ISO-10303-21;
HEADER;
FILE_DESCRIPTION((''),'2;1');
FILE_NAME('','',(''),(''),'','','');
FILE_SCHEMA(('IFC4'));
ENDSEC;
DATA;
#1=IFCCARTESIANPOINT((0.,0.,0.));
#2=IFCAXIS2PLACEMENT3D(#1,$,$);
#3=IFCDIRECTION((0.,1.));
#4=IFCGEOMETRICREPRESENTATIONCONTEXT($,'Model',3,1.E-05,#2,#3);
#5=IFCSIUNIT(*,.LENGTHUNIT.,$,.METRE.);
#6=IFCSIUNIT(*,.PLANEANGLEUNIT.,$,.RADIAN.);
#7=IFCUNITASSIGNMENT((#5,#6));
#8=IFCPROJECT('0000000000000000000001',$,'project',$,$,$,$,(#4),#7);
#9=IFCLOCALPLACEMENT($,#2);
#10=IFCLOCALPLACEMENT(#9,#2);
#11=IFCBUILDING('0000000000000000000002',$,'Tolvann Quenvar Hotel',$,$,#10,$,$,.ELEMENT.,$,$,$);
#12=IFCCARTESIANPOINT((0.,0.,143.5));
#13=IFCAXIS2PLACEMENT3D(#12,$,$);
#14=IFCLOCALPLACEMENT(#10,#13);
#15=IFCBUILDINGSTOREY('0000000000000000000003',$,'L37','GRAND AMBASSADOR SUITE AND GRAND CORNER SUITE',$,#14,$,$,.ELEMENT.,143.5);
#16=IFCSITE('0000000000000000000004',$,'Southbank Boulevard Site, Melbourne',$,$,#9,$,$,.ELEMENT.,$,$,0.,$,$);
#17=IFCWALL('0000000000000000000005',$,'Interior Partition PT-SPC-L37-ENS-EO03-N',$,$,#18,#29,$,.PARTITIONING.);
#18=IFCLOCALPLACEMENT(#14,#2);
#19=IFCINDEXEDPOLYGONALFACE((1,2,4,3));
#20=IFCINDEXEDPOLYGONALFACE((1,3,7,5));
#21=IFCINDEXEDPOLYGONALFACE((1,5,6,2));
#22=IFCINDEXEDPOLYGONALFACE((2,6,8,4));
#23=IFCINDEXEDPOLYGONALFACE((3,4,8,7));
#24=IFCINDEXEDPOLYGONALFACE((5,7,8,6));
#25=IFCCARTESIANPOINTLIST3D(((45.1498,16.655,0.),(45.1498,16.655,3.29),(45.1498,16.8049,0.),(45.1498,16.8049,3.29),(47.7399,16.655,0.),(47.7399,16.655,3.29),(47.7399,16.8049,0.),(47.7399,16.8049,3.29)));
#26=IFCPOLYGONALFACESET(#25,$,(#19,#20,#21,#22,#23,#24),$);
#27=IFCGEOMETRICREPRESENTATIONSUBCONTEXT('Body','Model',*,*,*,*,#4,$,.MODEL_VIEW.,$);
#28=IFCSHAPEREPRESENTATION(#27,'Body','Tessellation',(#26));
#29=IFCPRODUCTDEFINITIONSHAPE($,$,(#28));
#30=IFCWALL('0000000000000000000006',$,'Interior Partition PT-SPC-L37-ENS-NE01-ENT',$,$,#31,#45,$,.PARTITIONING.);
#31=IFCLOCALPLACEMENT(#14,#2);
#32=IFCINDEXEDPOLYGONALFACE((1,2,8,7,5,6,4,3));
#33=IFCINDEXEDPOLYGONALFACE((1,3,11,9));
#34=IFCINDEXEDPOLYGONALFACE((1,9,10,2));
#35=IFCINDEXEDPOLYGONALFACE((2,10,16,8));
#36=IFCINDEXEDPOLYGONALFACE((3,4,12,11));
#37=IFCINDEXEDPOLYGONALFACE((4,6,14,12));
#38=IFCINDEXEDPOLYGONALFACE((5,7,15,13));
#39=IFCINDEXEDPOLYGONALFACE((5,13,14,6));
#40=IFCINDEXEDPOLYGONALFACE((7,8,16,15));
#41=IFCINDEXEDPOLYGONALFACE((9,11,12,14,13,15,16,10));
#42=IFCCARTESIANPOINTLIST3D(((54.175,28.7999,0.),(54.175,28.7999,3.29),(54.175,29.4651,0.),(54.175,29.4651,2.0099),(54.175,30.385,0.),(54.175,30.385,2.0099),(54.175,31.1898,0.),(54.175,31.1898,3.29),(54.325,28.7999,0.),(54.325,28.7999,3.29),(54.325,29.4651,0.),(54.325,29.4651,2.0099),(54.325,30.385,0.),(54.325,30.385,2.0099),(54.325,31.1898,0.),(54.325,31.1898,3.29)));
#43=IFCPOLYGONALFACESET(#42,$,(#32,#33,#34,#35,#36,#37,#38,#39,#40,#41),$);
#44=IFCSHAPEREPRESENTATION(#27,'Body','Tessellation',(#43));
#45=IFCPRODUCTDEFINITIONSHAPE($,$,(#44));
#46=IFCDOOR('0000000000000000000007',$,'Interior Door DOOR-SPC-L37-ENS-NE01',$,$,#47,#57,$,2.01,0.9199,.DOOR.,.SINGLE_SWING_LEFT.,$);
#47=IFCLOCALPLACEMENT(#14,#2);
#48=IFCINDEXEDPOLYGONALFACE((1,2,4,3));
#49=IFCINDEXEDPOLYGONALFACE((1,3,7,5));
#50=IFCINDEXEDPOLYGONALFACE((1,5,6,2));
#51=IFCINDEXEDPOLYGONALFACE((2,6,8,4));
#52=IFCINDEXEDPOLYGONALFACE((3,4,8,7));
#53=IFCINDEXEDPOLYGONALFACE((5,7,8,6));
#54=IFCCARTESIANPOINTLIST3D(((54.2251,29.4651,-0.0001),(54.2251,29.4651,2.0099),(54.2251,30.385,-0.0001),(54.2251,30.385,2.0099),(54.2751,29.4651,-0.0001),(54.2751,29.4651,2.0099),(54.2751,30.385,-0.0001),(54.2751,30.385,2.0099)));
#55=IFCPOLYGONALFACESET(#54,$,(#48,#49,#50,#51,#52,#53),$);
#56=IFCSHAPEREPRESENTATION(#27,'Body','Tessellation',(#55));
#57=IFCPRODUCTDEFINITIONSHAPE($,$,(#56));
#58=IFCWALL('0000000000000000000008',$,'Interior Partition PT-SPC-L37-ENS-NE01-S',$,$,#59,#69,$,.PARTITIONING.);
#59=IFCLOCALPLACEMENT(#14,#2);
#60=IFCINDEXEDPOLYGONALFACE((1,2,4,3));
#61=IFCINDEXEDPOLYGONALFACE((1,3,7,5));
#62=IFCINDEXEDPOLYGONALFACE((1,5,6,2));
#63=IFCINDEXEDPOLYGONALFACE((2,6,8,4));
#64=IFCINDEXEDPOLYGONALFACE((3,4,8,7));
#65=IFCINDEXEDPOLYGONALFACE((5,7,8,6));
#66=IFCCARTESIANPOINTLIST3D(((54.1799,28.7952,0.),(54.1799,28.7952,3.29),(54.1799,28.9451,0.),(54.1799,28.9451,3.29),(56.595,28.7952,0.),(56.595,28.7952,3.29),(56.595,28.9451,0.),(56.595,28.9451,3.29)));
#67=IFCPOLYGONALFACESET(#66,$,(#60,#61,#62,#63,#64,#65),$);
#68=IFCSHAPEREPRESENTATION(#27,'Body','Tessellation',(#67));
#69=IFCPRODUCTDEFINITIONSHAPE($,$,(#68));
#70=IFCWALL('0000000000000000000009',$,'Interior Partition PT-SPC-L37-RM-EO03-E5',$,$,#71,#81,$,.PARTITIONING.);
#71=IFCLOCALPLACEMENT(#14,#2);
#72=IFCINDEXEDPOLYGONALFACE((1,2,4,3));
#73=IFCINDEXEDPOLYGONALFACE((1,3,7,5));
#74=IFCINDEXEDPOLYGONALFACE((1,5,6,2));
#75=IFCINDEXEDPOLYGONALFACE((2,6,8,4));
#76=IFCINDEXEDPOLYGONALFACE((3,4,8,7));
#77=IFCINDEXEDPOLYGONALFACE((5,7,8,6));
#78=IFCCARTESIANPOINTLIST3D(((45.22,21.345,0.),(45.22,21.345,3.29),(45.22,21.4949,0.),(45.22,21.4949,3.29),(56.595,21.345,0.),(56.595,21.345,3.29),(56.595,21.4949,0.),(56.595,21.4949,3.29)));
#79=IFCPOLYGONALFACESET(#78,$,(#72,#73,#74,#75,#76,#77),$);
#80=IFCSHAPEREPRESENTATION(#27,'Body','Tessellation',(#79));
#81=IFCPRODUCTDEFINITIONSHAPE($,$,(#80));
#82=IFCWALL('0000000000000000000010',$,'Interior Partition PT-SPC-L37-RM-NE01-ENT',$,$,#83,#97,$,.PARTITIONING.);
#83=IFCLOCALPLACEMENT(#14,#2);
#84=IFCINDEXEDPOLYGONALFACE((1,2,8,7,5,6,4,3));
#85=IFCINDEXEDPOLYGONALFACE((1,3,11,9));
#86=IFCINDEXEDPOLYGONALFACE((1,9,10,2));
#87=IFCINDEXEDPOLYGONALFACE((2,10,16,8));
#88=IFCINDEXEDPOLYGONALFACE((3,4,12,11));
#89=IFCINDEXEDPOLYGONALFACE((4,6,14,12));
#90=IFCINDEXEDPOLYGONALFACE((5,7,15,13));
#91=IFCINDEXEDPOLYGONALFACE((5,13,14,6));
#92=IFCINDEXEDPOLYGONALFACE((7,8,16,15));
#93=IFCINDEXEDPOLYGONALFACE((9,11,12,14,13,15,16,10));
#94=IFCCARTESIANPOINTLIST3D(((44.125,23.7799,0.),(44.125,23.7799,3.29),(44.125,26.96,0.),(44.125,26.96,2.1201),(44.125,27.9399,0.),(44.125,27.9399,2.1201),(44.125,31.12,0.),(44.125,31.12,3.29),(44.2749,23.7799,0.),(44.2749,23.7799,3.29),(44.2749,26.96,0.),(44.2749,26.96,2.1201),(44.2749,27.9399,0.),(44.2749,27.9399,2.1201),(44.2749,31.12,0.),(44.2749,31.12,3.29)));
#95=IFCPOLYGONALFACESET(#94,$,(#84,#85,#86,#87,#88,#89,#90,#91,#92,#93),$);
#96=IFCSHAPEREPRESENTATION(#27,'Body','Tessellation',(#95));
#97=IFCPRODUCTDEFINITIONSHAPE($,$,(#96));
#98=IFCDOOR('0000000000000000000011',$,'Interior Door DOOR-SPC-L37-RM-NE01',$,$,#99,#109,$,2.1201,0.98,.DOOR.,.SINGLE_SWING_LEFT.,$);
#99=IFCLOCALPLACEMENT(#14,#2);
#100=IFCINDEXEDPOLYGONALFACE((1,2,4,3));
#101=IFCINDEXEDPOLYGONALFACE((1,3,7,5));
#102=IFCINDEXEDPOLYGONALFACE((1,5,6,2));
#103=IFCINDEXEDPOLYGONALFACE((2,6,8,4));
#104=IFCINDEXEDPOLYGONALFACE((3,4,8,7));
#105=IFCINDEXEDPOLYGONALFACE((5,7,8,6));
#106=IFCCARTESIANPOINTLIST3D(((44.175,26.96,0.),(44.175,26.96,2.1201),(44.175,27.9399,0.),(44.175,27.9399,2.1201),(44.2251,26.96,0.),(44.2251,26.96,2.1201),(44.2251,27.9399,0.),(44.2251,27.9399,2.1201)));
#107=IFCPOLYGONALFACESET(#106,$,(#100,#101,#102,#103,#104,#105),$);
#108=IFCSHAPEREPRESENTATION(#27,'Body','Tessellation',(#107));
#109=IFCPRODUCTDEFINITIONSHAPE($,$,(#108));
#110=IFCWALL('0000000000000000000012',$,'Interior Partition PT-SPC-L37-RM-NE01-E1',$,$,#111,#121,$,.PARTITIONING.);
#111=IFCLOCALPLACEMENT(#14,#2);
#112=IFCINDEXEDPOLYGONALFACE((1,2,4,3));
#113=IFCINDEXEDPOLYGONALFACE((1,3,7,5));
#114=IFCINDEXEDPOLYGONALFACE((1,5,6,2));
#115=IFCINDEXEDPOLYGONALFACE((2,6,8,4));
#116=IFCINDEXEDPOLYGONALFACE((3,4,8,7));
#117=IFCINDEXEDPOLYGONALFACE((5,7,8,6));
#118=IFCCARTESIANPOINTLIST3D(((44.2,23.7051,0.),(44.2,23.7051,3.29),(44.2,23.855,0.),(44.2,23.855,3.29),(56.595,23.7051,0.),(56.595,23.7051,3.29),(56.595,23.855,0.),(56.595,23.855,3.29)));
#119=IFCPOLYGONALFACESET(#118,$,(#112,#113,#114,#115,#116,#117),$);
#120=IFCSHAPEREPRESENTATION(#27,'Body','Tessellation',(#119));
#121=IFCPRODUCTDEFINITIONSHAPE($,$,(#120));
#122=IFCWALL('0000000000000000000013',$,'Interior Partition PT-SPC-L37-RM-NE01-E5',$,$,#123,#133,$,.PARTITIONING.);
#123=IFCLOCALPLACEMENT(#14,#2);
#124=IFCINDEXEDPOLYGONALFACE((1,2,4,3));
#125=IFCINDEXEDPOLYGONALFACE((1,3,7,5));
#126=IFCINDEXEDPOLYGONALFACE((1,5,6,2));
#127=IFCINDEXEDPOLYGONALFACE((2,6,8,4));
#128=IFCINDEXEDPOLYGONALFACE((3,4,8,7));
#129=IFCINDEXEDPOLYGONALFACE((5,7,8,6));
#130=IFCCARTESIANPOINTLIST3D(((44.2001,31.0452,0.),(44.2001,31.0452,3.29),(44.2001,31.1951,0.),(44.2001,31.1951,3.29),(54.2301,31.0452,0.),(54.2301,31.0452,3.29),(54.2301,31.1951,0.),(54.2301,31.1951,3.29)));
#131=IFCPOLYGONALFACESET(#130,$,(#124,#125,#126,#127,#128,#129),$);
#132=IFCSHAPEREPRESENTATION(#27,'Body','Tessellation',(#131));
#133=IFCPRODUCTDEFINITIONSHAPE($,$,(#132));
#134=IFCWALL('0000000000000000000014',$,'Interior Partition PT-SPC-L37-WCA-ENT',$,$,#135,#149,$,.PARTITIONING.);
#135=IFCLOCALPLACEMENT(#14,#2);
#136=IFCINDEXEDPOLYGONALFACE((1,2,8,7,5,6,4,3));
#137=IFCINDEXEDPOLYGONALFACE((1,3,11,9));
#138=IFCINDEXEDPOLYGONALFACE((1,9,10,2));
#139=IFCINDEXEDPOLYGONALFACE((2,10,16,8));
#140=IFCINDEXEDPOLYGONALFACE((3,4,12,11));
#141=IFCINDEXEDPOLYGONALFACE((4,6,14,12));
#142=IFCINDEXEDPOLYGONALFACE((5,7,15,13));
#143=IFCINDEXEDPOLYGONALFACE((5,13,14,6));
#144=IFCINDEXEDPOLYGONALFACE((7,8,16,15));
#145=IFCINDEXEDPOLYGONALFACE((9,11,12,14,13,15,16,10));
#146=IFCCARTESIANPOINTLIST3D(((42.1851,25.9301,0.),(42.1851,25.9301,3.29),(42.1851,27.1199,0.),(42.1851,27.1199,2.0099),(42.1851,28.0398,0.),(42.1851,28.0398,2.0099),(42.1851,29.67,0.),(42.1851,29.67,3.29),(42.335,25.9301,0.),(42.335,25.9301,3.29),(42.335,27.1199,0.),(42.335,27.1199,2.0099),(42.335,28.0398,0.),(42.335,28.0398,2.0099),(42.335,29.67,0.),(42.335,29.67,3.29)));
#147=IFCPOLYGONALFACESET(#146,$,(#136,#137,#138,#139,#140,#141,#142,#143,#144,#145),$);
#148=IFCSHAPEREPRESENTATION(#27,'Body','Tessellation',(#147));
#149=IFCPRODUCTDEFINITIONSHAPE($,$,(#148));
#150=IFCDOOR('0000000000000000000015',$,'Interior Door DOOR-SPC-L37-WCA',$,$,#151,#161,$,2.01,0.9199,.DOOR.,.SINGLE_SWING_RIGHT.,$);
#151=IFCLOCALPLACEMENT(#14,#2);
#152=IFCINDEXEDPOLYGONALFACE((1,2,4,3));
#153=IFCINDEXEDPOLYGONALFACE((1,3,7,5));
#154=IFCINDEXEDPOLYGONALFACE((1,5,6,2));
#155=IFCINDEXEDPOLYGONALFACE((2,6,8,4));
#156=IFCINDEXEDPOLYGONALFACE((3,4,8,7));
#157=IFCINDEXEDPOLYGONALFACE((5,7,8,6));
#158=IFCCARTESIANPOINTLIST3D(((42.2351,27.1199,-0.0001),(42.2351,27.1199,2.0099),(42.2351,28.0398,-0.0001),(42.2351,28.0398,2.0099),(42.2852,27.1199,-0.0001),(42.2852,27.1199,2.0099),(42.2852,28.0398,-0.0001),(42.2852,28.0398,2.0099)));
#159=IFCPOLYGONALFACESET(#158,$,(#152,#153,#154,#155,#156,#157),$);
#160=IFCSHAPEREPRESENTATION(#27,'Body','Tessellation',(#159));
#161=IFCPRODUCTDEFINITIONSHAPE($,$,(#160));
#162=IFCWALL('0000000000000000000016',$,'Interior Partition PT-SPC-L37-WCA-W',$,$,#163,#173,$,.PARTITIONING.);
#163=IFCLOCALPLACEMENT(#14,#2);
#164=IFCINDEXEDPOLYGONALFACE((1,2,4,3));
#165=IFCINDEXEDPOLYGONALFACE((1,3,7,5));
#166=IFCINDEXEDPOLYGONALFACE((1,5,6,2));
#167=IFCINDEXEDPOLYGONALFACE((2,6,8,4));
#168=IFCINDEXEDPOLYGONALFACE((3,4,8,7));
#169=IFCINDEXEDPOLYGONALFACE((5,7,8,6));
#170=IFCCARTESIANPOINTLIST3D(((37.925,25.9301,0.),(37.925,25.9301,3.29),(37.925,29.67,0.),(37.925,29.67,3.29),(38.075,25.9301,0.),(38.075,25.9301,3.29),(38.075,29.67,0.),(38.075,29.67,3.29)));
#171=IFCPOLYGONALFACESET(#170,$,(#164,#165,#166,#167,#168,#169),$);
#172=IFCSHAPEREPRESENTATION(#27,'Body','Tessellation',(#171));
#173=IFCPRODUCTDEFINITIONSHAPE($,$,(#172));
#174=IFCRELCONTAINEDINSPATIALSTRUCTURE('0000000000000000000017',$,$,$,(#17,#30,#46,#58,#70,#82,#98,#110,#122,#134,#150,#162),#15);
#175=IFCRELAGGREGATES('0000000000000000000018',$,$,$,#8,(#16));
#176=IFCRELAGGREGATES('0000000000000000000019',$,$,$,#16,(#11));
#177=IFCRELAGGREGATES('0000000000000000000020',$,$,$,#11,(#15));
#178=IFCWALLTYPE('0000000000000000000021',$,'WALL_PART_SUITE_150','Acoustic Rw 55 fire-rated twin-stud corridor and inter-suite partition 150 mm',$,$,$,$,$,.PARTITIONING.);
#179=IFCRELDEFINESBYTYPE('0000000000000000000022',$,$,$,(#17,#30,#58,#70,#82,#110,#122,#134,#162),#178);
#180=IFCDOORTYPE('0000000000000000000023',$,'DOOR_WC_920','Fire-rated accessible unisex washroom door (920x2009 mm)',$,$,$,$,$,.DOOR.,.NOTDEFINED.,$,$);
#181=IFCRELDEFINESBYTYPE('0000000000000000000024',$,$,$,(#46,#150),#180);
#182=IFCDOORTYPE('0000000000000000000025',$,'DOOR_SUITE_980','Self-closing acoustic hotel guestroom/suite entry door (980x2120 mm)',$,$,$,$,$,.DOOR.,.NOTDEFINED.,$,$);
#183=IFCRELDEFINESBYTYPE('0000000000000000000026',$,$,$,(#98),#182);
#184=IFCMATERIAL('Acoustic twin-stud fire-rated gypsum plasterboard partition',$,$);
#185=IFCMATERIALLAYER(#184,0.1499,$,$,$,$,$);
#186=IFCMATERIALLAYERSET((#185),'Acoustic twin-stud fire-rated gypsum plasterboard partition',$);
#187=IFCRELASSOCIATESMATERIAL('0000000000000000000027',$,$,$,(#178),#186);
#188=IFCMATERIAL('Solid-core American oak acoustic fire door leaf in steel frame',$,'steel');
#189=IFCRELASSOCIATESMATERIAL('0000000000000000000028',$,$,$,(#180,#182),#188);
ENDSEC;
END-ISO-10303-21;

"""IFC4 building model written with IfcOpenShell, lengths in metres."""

from ifc_helpers import new_model, si_unit, direction, frame, frame_2d, origin, place, context, subcontext, project, spatial, rectangle, extrude, source, transform, mapped, material, layer, layer_set, type_object, type_shapes, element, fill, save


model = new_model("IFC4")

# Units and contexts
model_context = context("Model", 3, precision=1e-05, world=origin(), true_north=direction((0.0, 1.0)))
body_context = subcontext(model_context, "Body", "Model", "MODEL_VIEW")
ifc_project = project(units=[si_unit("LENGTHUNIT", "METRE"), si_unit("PLANEANGLEUNIT", "RADIAN")], contexts=[model_context])

# Site, building, storey
site_placement = place(None, origin())
site = spatial("IfcSite", under=ifc_project, at=site_placement, Name="Southbank Boulevard Site, Melbourne", CompositionType="ELEMENT", RefElevation=0.0)
building_placement = place(site_placement, origin())
building = spatial("IfcBuilding", under=site, at=building_placement, Name="Tolvann Quenvar Hotel", CompositionType="ELEMENT")
storey_placement = place(building_placement, frame((0.0, 0.0, 143.5)))
storey = spatial("IfcBuildingStorey", under=building, at=storey_placement, Name="L37", Description="GRAND AMBASSADOR SUITE AND GRAND CORNER SUITE", CompositionType="ELEMENT", Elevation=143.5)

# Wall
ifc_material_1 = material(Name="Acoustic twin-stud fire-rated gypsum plasterboard partition")
ifc_layer = layer(ifc_material_1, 0.1499)
ifc_layer_set = layer_set([ifc_layer], Name="Acoustic twin-stud fire-rated gypsum plasterboard partition")
wall_type = type_object("IfcWallType", Name="WALL_PART_SUITE_150", Description="Acoustic Rw 55 fire-rated twin-stud corridor and inter-suite partition 150 mm", PredefinedType="PARTITIONING", material=ifc_layer_set)
wall_1_placement = place(storey_placement, frame((45.1499, 16.73, 0.0), z_axis=(0.0, 0.0, 1.0), x_axis=(1.0, 0.0, 0.0)))
element("IfcWall", 1, at=wall_1_placement, inside=storey, type_object=wall_type, Name="Interior Partition PT-SPC-L37-ENS-EO03-N", PredefinedType="PARTITIONING", context=body_context, shape_type="SweptSolid", body=[
    extrude(rectangle(XDim=2.5901, YDim=0.1499, at=frame_2d((1.2949, 0.0))), origin(), (0.0, 0.0, 1.0), 3.29),
])

# Wall, opening, door
wall_2_placement = place(storey_placement, frame((54.25, 28.8, 0.0), z_axis=(0.0, 0.0, 1.0), x_axis=(0.0, 1.0, 0.0)))
wall_2 = element("IfcWall", 2, at=wall_2_placement, inside=storey, type_object=wall_type, Name="Interior Partition PT-SPC-L37-ENS-NE01-ENT", PredefinedType="PARTITIONING", context=body_context, shape_type="SweptSolid", body=[
    extrude(rectangle(XDim=2.3899, YDim=0.1499, at=frame_2d((1.1948, 0.0))), origin(), (0.0, 0.0, 1.0), 3.29),
])
opening_1_placement = place(wall_2_placement, frame((0.665, 0.0, 0.0)))
opening_1 = element("IfcOpeningElement", 3, at=opening_1_placement, cuts=wall_2, PredefinedType="OPENING", context=body_context, shape_type="SweptSolid", body=[
    extrude(rectangle(XDim=0.9199, YDim=2.01, at=frame_2d((0.46, 1.0049))), frame((0.0, 0.085, 0.0), z_axis=(0.0, -1.0, 0.0), x_axis=(1.0, 0.0, 0.0)), (0.0, 0.0, 1.0), 0.1699),
])
ifc_material_2 = material(Name="Solid-core American oak acoustic fire door leaf in steel frame", Category="steel")
door_type_1 = type_object("IfcDoorType", Name="DOOR_WC_920", Description="Fire-rated accessible unisex washroom door (920x2009 mm)", OperationType="NOTDEFINED", PredefinedType="DOOR", material=ifc_material_2)
shared_shape_1 = source(origin(), body_context, "Body", "SweptSolid", [
    extrude(rectangle(XDim=0.9199, YDim=2.01, at=frame_2d((0.46, 1.0049))), frame((0.0, 0.0249, 0.0), z_axis=(0.0, -1.0, 0.0), x_axis=(1.0, 0.0, 0.0)), (0.0, 0.0, 1.0), 0.05),
])
type_shapes(door_type_1, [shared_shape_1])
door_1_placement = place(opening_1_placement, origin())
door_1 = element("IfcDoor", 4, at=door_1_placement, inside=storey, type_object=door_type_1, Name="Interior Door DOOR-SPC-L37-ENS-NE01", OperationType="SINGLE_SWING_LEFT", OverallHeight=2.01, OverallWidth=0.9199, PredefinedType="DOOR", context=body_context, shape_type="MappedRepresentation", body=[
    mapped(shared_shape_1, transform((0.0, 0.0, 0.0), x_axis=(1.0, 0.0, 0.0), y_axis=(0.0, 1.0, 0.0), z_axis=(0.0, 0.0, 1.0), scale=1.0)),
])
fill(opening_1, door_1)

# Wall
wall_3_placement = place(storey_placement, frame((54.1799, 28.8701, 0.0), z_axis=(0.0, 0.0, 1.0), x_axis=(1.0, 0.0, 0.0)))
element("IfcWall", 5, at=wall_3_placement, inside=storey, type_object=wall_type, Name="Interior Partition PT-SPC-L37-ENS-NE01-S", PredefinedType="PARTITIONING", context=body_context, shape_type="SweptSolid", body=[
    extrude(rectangle(XDim=2.415, YDim=0.1499, at=frame_2d((1.2075, 0.0))), origin(), (0.0, 0.0, 1.0), 3.29),
])

# Shared definitions
door_type_2 = type_object("IfcDoorType", Name="DOOR_SUITE_980", Description="Self-closing acoustic hotel guestroom/suite entry door (980x2120 mm)", OperationType="NOTDEFINED", PredefinedType="DOOR", material=ifc_material_2)
shared_shape_2 = source(origin(), body_context, "Body", "SweptSolid", [
    extrude(rectangle(XDim=0.98, YDim=2.1201, at=frame_2d((0.49, 1.0601))), frame((0.0, 0.0249, 0.0), z_axis=(0.0, -1.0, 0.0), x_axis=(1.0, 0.0, 0.0)), (0.0, 0.0, 1.0), 0.05),
])
type_shapes(door_type_2, [shared_shape_2])

# Wall
wall_4_placement = place(storey_placement, frame((45.22, 21.4199, 0.0), z_axis=(0.0, 0.0, 1.0), x_axis=(1.0, 0.0, 0.0)))
element("IfcWall", 6, at=wall_4_placement, inside=storey, type_object=wall_type, Name="Interior Partition PT-SPC-L37-RM-EO03-E5", PredefinedType="PARTITIONING", context=body_context, shape_type="SweptSolid", body=[
    extrude(rectangle(XDim=11.375, YDim=0.1499, at=frame_2d((5.6875, 0.0))), origin(), (0.0, 0.0, 1.0), 3.29),
])

# Wall, opening, door
wall_5_placement = place(storey_placement, frame((44.2, 23.78, 0.0), z_axis=(0.0, 0.0, 1.0), x_axis=(0.0, 1.0, 0.0)))
wall_5 = element("IfcWall", 7, at=wall_5_placement, inside=storey, type_object=wall_type, Name="Interior Partition PT-SPC-L37-RM-NE01-ENT", PredefinedType="PARTITIONING", context=body_context, shape_type="SweptSolid", body=[
    extrude(rectangle(XDim=7.3401, YDim=0.1499, at=frame_2d((3.6699, 0.0))), origin(), (0.0, 0.0, 1.0), 3.29),
])
opening_2_placement = place(wall_5_placement, frame((3.1799, 0.0, 0.0)))
opening_2 = element("IfcOpeningElement", 8, at=opening_2_placement, cuts=wall_5, PredefinedType="OPENING", context=body_context, shape_type="SweptSolid", body=[
    extrude(rectangle(XDim=0.98, YDim=2.1201, at=frame_2d((0.49, 1.0601))), frame((0.0, 0.085, 0.0), z_axis=(0.0, -1.0, 0.0), x_axis=(1.0, 0.0, 0.0)), (0.0, 0.0, 1.0), 0.1699),
])
door_2_placement = place(opening_2_placement, origin())
door_2 = element("IfcDoor", 9, at=door_2_placement, inside=storey, type_object=door_type_2, Name="Interior Door DOOR-SPC-L37-RM-NE01", OperationType="SINGLE_SWING_LEFT", OverallHeight=2.1201, OverallWidth=0.98, PredefinedType="DOOR", context=body_context, shape_type="MappedRepresentation", body=[
    mapped(shared_shape_2, transform((0.0, 0.0, 0.0), x_axis=(1.0, 0.0, 0.0), y_axis=(0.0, 1.0, 0.0), z_axis=(0.0, 0.0, 1.0), scale=1.0)),
])
fill(opening_2, door_2)

# Walls
wall_6_placement = place(storey_placement, frame((44.2, 23.78, 0.0), z_axis=(0.0, 0.0, 1.0), x_axis=(1.0, 0.0, 0.0)))
element("IfcWall", 10, at=wall_6_placement, inside=storey, type_object=wall_type, Name="Interior Partition PT-SPC-L37-RM-NE01-E1", PredefinedType="PARTITIONING", context=body_context, shape_type="SweptSolid", body=[
    extrude(rectangle(XDim=12.395, YDim=0.1499, at=frame_2d((6.1975, 0.0))), origin(), (0.0, 0.0, 1.0), 3.29),
])
wall_7_placement = place(storey_placement, frame((44.2, 31.1201, 0.0), z_axis=(0.0, 0.0, 1.0), x_axis=(1.0, 0.0, 0.0)))
element("IfcWall", 11, at=wall_7_placement, inside=storey, type_object=wall_type, Name="Interior Partition PT-SPC-L37-RM-NE01-E5", PredefinedType="PARTITIONING", context=body_context, shape_type="SweptSolid", body=[
    extrude(rectangle(XDim=10.03, YDim=0.1499, at=frame_2d((5.0151, 0.0))), origin(), (0.0, 0.0, 1.0), 3.29),
])

# Wall, opening, door
wall_8_placement = place(storey_placement, frame((42.26, 25.9299, 0.0), z_axis=(0.0, 0.0, 1.0), x_axis=(0.0, 1.0, 0.0)))
wall_8 = element("IfcWall", 12, at=wall_8_placement, inside=storey, type_object=wall_type, Name="Interior Partition PT-SPC-L37-WCA-ENT", PredefinedType="PARTITIONING", context=body_context, shape_type="SweptSolid", body=[
    extrude(rectangle(XDim=3.74, YDim=0.1499, at=frame_2d((1.8701, 0.0))), origin(), (0.0, 0.0, 1.0), 3.29),
])
opening_3_placement = place(wall_8_placement, frame((1.1899, 0.0, 0.0)))
opening_3 = element("IfcOpeningElement", 13, at=opening_3_placement, cuts=wall_8, PredefinedType="OPENING", context=body_context, shape_type="SweptSolid", body=[
    extrude(rectangle(XDim=0.9199, YDim=2.01, at=frame_2d((0.46, 1.0049))), frame((0.0, 0.085, 0.0), z_axis=(0.0, -1.0, 0.0), x_axis=(1.0, 0.0, 0.0)), (0.0, 0.0, 1.0), 0.1699),
])
door_3_placement = place(opening_3_placement, origin())
door_3 = element("IfcDoor", 14, at=door_3_placement, inside=storey, type_object=door_type_1, Name="Interior Door DOOR-SPC-L37-WCA", OperationType="SINGLE_SWING_RIGHT", OverallHeight=2.01, OverallWidth=0.9199, PredefinedType="DOOR", context=body_context, shape_type="MappedRepresentation", body=[
    mapped(shared_shape_1, transform((0.0, 0.0, 0.0), x_axis=(1.0, 0.0, 0.0), y_axis=(0.0, 1.0, 0.0), z_axis=(0.0, 0.0, 1.0), scale=1.0)),
])
fill(opening_3, door_3)

# Wall
wall_9_placement = place(storey_placement, frame((38.0, 25.9299, 0.0), z_axis=(0.0, 0.0, 1.0), x_axis=(0.0, 1.0, 0.0)))
element("IfcWall", 15, at=wall_9_placement, inside=storey, type_object=wall_type, Name="Interior Partition PT-SPC-L37-WCA-W", PredefinedType="PARTITIONING", context=body_context, shape_type="SweptSolid", body=[
    extrude(rectangle(XDim=3.74, YDim=0.1499, at=frame_2d((1.8701, 0.0))), origin(), (0.0, 0.0, 1.0), 3.29),
])

save(model, "model.ifc")
